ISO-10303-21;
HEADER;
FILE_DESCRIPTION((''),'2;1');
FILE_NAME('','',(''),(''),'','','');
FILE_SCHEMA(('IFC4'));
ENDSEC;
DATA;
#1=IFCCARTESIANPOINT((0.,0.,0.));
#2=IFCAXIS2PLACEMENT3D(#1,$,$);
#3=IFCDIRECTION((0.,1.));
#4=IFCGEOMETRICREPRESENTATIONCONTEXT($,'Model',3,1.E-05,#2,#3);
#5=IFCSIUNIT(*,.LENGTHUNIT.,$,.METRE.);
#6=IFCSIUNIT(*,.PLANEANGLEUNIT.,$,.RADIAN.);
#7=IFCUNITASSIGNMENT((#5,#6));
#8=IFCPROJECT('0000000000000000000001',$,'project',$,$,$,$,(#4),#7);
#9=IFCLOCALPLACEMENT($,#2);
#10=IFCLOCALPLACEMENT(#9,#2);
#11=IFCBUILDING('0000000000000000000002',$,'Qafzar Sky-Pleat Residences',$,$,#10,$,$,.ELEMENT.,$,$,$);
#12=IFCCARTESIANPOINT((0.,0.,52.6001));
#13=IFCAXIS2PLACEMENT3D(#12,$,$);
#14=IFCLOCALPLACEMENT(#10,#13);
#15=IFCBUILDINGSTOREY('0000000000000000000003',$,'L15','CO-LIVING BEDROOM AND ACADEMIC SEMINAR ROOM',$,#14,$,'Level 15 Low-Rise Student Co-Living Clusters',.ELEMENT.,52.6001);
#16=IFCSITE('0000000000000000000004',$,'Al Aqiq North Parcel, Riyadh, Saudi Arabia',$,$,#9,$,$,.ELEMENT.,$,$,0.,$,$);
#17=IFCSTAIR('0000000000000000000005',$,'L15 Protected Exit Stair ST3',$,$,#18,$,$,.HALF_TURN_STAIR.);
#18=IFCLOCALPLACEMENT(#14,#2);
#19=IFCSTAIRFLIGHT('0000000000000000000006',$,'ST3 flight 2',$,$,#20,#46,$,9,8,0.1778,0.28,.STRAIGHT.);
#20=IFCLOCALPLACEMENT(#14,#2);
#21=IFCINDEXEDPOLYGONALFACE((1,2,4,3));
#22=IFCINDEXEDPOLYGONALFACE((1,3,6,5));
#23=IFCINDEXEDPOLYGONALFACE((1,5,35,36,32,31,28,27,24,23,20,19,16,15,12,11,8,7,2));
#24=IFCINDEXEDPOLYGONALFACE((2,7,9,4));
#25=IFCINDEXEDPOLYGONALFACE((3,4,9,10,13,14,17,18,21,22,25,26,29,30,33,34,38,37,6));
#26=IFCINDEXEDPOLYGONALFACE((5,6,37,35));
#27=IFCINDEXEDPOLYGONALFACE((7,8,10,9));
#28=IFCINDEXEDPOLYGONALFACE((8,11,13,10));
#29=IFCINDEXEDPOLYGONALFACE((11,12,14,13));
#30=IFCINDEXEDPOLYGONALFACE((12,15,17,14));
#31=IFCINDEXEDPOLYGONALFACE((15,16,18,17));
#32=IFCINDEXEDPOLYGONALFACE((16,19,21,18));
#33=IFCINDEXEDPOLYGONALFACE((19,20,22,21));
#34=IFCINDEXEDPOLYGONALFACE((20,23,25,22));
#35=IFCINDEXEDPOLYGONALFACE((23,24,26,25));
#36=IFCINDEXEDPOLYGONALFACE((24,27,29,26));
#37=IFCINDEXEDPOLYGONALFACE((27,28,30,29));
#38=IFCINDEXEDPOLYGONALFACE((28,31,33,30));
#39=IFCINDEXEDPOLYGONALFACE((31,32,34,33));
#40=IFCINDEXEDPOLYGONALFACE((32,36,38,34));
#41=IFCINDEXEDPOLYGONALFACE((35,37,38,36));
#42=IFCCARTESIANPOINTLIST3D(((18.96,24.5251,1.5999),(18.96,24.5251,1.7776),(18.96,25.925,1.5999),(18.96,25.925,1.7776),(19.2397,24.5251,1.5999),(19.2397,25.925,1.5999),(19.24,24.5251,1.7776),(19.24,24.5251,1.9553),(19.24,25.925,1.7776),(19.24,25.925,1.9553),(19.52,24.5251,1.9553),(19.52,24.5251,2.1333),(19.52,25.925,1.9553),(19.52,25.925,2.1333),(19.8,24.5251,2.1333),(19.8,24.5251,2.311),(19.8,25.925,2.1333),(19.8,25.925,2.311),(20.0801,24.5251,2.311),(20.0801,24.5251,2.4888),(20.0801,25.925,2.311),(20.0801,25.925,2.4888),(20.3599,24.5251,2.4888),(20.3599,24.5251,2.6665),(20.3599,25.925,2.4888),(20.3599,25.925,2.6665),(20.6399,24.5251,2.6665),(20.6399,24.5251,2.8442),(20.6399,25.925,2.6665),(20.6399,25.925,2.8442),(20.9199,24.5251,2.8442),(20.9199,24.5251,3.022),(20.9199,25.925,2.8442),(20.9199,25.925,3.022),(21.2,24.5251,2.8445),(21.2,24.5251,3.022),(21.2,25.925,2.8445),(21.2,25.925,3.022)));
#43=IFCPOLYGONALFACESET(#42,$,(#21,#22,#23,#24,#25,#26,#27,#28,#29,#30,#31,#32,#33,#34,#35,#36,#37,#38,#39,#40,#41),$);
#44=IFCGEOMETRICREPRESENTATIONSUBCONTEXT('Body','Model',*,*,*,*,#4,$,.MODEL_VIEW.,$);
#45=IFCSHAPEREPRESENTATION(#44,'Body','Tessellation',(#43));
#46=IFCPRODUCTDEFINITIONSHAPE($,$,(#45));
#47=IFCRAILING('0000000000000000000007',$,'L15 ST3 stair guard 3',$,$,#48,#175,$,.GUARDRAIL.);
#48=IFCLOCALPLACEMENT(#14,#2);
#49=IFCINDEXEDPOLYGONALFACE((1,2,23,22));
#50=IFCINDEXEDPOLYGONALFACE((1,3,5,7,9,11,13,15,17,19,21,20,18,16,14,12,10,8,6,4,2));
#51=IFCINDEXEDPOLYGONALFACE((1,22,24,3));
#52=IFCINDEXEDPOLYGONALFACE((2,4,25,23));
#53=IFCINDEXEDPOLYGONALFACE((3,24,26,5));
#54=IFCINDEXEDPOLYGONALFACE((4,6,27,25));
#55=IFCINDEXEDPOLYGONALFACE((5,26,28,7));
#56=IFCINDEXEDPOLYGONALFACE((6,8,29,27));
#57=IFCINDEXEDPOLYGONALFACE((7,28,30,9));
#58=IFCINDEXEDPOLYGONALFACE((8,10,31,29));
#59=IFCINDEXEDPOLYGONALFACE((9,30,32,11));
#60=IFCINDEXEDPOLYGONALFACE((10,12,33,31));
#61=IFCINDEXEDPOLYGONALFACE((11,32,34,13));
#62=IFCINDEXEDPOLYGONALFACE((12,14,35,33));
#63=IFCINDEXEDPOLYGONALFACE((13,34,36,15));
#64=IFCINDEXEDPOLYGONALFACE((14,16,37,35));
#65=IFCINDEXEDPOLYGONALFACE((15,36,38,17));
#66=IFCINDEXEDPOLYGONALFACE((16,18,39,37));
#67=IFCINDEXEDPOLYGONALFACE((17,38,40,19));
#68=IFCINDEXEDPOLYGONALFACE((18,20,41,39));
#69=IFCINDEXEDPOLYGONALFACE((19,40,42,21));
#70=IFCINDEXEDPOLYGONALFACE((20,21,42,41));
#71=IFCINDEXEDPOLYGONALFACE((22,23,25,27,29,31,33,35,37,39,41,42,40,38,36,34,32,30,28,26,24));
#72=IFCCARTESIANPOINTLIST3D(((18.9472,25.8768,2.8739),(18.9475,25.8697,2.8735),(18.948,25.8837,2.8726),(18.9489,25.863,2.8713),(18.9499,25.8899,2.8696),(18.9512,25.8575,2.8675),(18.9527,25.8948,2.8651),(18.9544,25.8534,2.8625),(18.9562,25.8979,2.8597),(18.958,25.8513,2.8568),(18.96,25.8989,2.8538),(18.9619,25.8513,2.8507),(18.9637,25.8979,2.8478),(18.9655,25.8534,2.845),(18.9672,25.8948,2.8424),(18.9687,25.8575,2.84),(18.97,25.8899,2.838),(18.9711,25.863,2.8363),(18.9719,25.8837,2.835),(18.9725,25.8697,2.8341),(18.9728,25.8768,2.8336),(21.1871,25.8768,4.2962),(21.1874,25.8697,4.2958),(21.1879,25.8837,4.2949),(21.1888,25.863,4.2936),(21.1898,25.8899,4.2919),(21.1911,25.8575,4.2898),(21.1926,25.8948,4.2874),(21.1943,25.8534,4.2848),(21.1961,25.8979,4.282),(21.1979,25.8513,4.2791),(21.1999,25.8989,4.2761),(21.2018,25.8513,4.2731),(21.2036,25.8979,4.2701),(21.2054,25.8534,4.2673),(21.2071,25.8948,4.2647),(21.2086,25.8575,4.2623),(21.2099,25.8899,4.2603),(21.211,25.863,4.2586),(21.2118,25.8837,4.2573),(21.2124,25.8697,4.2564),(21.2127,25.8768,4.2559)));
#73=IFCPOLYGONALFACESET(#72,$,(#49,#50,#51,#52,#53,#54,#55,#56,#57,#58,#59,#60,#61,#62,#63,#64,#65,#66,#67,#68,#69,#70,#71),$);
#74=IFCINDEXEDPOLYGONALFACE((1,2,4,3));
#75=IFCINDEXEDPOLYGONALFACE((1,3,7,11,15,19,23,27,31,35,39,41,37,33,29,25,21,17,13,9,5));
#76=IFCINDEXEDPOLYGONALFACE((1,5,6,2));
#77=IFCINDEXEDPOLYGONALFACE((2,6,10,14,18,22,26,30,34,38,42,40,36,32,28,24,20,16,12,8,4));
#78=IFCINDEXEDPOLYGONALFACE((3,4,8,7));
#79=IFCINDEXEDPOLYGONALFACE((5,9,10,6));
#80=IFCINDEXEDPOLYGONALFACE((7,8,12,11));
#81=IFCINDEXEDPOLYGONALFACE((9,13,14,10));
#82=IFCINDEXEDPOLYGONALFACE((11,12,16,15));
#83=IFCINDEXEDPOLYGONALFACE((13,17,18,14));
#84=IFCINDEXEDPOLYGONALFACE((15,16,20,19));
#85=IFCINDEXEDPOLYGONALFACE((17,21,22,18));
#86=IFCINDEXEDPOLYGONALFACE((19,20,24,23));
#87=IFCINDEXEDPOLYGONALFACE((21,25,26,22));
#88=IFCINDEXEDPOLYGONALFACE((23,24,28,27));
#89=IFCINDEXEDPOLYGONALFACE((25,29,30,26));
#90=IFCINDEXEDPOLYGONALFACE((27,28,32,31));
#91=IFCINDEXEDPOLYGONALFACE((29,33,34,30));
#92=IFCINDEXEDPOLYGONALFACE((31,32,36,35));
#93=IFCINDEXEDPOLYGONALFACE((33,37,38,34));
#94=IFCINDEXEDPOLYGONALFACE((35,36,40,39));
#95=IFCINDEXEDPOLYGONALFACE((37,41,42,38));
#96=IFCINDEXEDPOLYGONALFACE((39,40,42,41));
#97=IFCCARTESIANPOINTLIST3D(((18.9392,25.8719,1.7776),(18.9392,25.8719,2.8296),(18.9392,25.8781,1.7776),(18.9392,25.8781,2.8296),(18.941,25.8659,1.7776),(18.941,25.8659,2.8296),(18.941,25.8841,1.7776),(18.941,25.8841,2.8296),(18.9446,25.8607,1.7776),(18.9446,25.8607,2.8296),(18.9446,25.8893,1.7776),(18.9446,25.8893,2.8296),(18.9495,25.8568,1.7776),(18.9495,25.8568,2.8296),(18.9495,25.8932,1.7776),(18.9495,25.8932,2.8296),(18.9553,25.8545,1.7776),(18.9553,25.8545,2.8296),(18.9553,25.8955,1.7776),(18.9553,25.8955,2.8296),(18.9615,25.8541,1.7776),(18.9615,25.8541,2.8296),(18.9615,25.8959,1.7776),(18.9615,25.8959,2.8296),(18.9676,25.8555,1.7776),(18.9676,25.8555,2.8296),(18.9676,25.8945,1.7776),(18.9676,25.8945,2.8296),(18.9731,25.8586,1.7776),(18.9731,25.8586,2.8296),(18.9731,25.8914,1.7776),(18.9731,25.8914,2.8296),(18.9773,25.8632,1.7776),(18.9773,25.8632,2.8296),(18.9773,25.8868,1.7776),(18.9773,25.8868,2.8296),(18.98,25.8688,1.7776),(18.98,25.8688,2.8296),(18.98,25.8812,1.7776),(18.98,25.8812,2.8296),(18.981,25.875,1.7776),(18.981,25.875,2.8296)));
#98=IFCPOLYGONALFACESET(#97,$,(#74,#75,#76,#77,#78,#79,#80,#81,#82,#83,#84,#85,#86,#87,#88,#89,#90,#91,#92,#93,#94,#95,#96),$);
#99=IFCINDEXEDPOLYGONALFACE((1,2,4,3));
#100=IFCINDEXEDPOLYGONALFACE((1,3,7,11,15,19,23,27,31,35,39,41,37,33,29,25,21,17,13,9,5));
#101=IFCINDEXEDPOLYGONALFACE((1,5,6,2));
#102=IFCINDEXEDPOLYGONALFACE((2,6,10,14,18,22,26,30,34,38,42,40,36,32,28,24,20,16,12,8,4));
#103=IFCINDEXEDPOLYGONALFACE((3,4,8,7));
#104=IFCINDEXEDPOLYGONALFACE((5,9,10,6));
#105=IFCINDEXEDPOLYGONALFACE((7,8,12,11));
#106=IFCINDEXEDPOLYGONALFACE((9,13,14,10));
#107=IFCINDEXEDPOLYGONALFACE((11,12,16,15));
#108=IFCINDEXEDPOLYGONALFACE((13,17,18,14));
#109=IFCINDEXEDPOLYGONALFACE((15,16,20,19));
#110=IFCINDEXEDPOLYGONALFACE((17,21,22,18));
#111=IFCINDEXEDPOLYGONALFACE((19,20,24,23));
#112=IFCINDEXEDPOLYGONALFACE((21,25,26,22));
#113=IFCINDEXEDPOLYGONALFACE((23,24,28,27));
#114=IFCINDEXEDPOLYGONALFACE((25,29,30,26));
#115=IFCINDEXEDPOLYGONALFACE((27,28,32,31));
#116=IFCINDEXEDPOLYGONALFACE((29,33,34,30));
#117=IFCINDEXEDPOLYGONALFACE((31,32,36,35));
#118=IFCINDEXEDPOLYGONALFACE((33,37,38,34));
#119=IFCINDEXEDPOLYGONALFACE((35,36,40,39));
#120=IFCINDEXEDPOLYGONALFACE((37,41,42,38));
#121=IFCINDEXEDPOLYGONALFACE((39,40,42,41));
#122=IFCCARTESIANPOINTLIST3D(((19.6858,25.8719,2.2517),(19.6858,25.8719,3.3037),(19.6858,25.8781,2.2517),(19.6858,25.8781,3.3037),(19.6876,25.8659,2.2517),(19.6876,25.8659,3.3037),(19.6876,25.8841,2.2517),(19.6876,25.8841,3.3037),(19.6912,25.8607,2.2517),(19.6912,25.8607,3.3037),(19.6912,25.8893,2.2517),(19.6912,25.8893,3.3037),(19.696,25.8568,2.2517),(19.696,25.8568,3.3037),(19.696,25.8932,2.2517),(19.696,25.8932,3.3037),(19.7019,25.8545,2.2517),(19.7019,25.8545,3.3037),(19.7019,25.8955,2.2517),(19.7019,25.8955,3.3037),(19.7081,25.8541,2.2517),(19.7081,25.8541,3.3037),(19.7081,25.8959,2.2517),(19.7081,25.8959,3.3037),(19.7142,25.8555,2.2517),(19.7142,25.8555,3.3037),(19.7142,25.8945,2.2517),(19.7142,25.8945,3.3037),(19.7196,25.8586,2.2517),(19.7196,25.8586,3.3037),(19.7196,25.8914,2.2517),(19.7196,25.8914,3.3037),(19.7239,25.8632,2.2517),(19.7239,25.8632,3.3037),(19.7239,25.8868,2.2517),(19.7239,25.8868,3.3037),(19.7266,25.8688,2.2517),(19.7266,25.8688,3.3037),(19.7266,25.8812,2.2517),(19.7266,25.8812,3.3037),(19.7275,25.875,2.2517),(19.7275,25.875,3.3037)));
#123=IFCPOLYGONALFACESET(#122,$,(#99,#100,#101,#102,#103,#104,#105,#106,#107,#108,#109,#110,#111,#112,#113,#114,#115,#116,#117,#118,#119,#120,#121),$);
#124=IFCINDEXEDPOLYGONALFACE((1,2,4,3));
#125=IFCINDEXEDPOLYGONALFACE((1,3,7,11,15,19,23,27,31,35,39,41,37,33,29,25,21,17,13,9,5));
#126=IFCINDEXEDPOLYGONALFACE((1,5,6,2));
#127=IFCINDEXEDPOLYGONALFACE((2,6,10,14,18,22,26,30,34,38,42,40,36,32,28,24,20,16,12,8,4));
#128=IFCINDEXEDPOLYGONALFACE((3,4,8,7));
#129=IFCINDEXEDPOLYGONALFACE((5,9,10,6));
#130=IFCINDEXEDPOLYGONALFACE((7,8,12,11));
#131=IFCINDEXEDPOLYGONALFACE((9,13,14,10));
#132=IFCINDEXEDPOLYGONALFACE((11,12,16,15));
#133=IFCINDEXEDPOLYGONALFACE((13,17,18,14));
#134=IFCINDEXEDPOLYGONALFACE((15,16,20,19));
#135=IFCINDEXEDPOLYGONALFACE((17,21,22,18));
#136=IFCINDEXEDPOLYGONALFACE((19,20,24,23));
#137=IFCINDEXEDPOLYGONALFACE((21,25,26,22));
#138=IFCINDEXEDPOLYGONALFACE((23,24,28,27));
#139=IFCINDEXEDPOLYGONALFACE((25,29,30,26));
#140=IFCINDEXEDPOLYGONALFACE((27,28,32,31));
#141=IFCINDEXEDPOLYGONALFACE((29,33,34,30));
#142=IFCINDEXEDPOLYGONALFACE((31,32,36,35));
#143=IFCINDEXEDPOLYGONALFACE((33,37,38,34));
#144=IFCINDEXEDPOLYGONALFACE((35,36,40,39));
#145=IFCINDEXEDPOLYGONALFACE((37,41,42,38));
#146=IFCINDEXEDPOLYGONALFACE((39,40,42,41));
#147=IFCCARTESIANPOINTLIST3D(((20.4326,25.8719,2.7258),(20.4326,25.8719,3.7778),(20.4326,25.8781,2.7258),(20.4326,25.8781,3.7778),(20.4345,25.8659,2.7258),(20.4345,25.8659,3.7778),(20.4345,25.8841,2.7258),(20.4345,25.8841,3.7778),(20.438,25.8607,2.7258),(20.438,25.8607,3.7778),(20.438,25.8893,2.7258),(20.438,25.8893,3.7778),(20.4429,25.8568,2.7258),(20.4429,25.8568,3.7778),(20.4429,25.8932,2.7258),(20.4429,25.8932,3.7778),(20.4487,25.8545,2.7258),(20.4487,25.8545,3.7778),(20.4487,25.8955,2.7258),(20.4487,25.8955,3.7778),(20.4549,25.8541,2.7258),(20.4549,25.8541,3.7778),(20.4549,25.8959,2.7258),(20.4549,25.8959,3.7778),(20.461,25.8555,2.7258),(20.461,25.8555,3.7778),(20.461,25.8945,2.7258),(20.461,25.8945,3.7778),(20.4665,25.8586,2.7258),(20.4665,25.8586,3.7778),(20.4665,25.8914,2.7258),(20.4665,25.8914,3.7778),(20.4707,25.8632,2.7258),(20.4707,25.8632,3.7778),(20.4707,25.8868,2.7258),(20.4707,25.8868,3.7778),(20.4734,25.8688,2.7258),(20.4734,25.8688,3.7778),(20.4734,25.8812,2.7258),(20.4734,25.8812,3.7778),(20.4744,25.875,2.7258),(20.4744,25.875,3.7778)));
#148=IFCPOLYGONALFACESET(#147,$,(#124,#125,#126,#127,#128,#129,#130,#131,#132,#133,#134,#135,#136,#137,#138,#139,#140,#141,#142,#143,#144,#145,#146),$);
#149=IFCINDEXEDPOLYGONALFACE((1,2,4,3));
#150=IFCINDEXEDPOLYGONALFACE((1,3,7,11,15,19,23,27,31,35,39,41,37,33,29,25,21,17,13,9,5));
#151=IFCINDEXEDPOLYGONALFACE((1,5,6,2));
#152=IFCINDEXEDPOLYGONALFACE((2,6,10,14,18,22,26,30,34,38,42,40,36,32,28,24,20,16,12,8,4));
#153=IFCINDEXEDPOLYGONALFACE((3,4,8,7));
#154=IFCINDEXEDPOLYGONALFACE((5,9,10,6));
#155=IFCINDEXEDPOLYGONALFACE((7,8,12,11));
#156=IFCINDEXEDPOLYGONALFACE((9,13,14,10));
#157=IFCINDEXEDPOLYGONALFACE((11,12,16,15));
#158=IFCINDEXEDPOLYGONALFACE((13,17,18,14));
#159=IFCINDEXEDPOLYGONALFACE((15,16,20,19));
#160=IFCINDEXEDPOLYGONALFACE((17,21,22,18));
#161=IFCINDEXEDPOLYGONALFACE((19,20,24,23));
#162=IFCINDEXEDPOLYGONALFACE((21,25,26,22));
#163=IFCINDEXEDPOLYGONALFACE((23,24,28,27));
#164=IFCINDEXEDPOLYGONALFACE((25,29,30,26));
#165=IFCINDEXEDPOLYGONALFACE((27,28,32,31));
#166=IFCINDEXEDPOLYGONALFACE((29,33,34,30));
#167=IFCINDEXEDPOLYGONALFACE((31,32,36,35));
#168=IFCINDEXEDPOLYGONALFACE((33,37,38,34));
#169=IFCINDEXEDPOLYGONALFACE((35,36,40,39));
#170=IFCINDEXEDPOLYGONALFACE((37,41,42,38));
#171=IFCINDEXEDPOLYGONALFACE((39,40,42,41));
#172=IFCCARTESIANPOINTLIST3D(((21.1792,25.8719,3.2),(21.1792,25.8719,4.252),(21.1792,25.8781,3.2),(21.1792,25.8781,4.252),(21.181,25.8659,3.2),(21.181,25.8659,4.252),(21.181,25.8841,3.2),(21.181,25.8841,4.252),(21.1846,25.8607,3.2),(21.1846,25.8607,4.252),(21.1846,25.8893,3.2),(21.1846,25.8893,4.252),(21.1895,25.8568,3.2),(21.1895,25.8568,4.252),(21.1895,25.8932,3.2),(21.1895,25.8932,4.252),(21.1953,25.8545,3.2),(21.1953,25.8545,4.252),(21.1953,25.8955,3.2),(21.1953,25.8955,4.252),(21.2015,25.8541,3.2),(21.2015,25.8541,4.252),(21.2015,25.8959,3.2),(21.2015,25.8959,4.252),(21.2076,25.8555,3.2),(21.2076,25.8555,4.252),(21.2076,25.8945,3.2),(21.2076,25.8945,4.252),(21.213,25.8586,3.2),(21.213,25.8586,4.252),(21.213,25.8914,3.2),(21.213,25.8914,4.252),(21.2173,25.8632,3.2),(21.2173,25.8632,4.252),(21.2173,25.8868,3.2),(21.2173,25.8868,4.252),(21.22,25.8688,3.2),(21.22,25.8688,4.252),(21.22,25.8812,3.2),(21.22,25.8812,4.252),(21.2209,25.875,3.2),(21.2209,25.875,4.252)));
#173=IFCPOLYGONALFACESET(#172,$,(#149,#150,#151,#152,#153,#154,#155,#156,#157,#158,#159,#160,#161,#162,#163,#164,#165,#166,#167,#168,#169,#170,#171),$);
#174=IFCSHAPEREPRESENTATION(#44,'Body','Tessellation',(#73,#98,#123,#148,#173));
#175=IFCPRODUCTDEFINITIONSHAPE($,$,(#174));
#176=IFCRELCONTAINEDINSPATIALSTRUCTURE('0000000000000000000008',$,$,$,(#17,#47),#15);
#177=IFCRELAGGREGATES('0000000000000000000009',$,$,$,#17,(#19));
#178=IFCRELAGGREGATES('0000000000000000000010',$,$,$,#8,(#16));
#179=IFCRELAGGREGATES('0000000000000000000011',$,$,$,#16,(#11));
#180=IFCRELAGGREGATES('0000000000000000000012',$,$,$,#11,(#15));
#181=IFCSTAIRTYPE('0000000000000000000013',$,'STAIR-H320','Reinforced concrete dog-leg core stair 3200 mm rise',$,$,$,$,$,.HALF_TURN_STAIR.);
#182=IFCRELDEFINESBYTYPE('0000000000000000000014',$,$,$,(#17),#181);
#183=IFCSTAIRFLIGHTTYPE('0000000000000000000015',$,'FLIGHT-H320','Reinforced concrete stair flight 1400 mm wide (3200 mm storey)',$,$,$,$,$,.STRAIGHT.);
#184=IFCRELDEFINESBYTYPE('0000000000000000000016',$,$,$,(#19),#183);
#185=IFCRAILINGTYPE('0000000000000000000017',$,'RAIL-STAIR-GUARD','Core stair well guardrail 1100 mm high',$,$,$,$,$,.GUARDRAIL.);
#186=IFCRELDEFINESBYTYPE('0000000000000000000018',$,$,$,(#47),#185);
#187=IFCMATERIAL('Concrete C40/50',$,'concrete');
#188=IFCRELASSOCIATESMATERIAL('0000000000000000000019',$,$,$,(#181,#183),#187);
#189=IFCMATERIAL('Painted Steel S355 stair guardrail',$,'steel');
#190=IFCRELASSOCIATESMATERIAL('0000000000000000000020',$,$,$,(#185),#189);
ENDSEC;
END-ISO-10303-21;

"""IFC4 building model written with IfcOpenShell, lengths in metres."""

from ifc_helpers import new_model, si_unit, direction, frame, origin, origin_2d, place, context, subcontext, project, spatial, polyline, circle, outline, extrude, source, transform, mapped, material, type_object, element, aggregate, save


model = new_model("IFC4")

# Units and contexts
model_context = context("Model", 3, precision=1e-05, world=origin(), true_north=direction((0.0, 1.0)))
body_context = subcontext(model_context, "Body", "Model", "MODEL_VIEW")
ifc_project = project(units=[si_unit("LENGTHUNIT", "METRE"), si_unit("PLANEANGLEUNIT", "RADIAN")], contexts=[model_context])

# Site, building, storey
site_placement = place(None, origin())
site = spatial("IfcSite", under=ifc_project, at=site_placement, Name="Al Aqiq North Parcel, Riyadh, Saudi Arabia", CompositionType="ELEMENT", RefElevation=0.0)
building_placement = place(site_placement, origin())
building = spatial("IfcBuilding", under=site, at=building_placement, Name="Qafzar Sky-Pleat Residences", CompositionType="ELEMENT")
storey_placement = place(building_placement, frame((0.0, 0.0, 52.6001)))
storey = spatial("IfcBuildingStorey", under=building, at=storey_placement, Name="L15", Description="CO-LIVING BEDROOM AND ACADEMIC SEMINAR ROOM", LongName="Level 15 Low-Rise Student Co-Living Clusters", CompositionType="ELEMENT", Elevation=52.6001)

# Stair, stair flight
ifc_material_1 = material(Name="Concrete C40/50", Category="concrete")
stair_type = type_object("IfcStairType", Name="STAIR-H320", Description="Reinforced concrete dog-leg core stair 3200 mm rise", PredefinedType="HALF_TURN_STAIR", material=ifc_material_1)
stair_placement = place(storey_placement, origin())
stair = element("IfcStair", 1, at=stair_placement, inside=storey, type_object=stair_type, Name="L15 Protected Exit Stair ST3", PredefinedType="HALF_TURN_STAIR")
stair_flight_type = type_object("IfcStairFlightType", Name="FLIGHT-H320", Description="Reinforced concrete stair flight 1400 mm wide (3200 mm storey)", PredefinedType="STRAIGHT", material=ifc_material_1)
shared_shape_1 = source(origin(), body_context, "Body", "SweptSolid", [
    extrude(outline(polyline([(0.0, 0.0), (0.0, 0.1777), (0.28, 0.1777), (0.28, 0.3555), (0.5601, 0.3555), (0.5601, 0.5334), (0.8401, 0.5334), (0.8401, 0.7112), (1.1201, 0.7112), (1.1201, 0.8889), (1.3999, 0.8889), (1.3999, 1.0667), (1.6799, 1.0667), (1.6799, 1.2444), (1.96, 1.2444), (1.96, 1.4221), (2.24, 1.4221), (2.24, 1.6001), (2.24, 1.2446), (0.2798, 0.0), (0.0, 0.0)])), frame((0.0, 0.7, 0.0), z_axis=(0.0, -1.0, 0.0), x_axis=(1.0, 0.0, 0.0)), (0.0, 0.0, 1.0), 1.3999),
])
stair_flight_placement = place(storey_placement, frame((18.96, 25.2251, 1.5999), z_axis=(0.0, 0.0, 1.0), x_axis=(1.0, 0.0, 0.0)))
stair_flight = element("IfcStairFlight", 2, at=stair_flight_placement, type_object=stair_flight_type, Name="ST3 flight 2", NumberOfRisers=9, NumberOfTreads=8, PredefinedType="STRAIGHT", RiserHeight=0.1778, TreadLength=0.28, context=body_context, shape_type="MappedRepresentation", body=[
    mapped(shared_shape_1, transform((0.0, 0.0, 0.0), x_axis=(1.0, 0.0, 0.0), y_axis=(0.0, 1.0, 0.0), z_axis=(0.0, 0.0, 1.0), scale=1.0)),
])
aggregate(stair, [stair_flight])

# Railing
ifc_material_2 = material(Name="Painted Steel S355 stair guardrail", Category="steel")
railing_type = type_object("IfcRailingType", Name="RAIL-STAIR-GUARD", Description="Core stair well guardrail 1100 mm high", PredefinedType="GUARDRAIL", material=ifc_material_2)
shared_shape_2 = source(origin(), body_context, "Body", "SweptSolid", [
    extrude(circle(Radius=0.0239, at=origin_2d()), frame((0.0, 0.0, 1.0762), z_axis=(0.844188, 0.0, 0.536048), x_axis=(0.0, 1.0, 0.0)), (0.0, 0.0, 1.0), 2.6533),
    extrude(circle(Radius=0.021, at=origin_2d()), origin(), (0.0, 0.0, 1.0), 1.052),
    extrude(circle(Radius=0.021, at=origin_2d()), frame((0.7466, 0.0, 0.4741)), (0.0, 0.0, 1.0), 1.052),
    extrude(circle(Radius=0.021, at=origin_2d()), frame((1.4934, 0.0, 0.9482)), (0.0, 0.0, 1.0), 1.052),
    extrude(circle(Radius=0.021, at=origin_2d()), frame((2.24, 0.0, 1.4224)), (0.0, 0.0, 1.0), 1.052),
])
railing_placement = place(storey_placement, frame((18.96, 25.875, 1.7776)))
element("IfcRailing", 3, at=railing_placement, inside=storey, type_object=railing_type, Name="L15 ST3 stair guard 3", PredefinedType="GUARDRAIL", context=body_context, shape_type="MappedRepresentation", body=[
    mapped(shared_shape_2, transform((0.0, 0.0, 0.0), x_axis=(1.0, 0.0, 0.0), y_axis=(0.0, 1.0, 0.0), z_axis=(0.0, 0.0, 1.0), scale=1.0)),
])

save(model, "model.ifc")
